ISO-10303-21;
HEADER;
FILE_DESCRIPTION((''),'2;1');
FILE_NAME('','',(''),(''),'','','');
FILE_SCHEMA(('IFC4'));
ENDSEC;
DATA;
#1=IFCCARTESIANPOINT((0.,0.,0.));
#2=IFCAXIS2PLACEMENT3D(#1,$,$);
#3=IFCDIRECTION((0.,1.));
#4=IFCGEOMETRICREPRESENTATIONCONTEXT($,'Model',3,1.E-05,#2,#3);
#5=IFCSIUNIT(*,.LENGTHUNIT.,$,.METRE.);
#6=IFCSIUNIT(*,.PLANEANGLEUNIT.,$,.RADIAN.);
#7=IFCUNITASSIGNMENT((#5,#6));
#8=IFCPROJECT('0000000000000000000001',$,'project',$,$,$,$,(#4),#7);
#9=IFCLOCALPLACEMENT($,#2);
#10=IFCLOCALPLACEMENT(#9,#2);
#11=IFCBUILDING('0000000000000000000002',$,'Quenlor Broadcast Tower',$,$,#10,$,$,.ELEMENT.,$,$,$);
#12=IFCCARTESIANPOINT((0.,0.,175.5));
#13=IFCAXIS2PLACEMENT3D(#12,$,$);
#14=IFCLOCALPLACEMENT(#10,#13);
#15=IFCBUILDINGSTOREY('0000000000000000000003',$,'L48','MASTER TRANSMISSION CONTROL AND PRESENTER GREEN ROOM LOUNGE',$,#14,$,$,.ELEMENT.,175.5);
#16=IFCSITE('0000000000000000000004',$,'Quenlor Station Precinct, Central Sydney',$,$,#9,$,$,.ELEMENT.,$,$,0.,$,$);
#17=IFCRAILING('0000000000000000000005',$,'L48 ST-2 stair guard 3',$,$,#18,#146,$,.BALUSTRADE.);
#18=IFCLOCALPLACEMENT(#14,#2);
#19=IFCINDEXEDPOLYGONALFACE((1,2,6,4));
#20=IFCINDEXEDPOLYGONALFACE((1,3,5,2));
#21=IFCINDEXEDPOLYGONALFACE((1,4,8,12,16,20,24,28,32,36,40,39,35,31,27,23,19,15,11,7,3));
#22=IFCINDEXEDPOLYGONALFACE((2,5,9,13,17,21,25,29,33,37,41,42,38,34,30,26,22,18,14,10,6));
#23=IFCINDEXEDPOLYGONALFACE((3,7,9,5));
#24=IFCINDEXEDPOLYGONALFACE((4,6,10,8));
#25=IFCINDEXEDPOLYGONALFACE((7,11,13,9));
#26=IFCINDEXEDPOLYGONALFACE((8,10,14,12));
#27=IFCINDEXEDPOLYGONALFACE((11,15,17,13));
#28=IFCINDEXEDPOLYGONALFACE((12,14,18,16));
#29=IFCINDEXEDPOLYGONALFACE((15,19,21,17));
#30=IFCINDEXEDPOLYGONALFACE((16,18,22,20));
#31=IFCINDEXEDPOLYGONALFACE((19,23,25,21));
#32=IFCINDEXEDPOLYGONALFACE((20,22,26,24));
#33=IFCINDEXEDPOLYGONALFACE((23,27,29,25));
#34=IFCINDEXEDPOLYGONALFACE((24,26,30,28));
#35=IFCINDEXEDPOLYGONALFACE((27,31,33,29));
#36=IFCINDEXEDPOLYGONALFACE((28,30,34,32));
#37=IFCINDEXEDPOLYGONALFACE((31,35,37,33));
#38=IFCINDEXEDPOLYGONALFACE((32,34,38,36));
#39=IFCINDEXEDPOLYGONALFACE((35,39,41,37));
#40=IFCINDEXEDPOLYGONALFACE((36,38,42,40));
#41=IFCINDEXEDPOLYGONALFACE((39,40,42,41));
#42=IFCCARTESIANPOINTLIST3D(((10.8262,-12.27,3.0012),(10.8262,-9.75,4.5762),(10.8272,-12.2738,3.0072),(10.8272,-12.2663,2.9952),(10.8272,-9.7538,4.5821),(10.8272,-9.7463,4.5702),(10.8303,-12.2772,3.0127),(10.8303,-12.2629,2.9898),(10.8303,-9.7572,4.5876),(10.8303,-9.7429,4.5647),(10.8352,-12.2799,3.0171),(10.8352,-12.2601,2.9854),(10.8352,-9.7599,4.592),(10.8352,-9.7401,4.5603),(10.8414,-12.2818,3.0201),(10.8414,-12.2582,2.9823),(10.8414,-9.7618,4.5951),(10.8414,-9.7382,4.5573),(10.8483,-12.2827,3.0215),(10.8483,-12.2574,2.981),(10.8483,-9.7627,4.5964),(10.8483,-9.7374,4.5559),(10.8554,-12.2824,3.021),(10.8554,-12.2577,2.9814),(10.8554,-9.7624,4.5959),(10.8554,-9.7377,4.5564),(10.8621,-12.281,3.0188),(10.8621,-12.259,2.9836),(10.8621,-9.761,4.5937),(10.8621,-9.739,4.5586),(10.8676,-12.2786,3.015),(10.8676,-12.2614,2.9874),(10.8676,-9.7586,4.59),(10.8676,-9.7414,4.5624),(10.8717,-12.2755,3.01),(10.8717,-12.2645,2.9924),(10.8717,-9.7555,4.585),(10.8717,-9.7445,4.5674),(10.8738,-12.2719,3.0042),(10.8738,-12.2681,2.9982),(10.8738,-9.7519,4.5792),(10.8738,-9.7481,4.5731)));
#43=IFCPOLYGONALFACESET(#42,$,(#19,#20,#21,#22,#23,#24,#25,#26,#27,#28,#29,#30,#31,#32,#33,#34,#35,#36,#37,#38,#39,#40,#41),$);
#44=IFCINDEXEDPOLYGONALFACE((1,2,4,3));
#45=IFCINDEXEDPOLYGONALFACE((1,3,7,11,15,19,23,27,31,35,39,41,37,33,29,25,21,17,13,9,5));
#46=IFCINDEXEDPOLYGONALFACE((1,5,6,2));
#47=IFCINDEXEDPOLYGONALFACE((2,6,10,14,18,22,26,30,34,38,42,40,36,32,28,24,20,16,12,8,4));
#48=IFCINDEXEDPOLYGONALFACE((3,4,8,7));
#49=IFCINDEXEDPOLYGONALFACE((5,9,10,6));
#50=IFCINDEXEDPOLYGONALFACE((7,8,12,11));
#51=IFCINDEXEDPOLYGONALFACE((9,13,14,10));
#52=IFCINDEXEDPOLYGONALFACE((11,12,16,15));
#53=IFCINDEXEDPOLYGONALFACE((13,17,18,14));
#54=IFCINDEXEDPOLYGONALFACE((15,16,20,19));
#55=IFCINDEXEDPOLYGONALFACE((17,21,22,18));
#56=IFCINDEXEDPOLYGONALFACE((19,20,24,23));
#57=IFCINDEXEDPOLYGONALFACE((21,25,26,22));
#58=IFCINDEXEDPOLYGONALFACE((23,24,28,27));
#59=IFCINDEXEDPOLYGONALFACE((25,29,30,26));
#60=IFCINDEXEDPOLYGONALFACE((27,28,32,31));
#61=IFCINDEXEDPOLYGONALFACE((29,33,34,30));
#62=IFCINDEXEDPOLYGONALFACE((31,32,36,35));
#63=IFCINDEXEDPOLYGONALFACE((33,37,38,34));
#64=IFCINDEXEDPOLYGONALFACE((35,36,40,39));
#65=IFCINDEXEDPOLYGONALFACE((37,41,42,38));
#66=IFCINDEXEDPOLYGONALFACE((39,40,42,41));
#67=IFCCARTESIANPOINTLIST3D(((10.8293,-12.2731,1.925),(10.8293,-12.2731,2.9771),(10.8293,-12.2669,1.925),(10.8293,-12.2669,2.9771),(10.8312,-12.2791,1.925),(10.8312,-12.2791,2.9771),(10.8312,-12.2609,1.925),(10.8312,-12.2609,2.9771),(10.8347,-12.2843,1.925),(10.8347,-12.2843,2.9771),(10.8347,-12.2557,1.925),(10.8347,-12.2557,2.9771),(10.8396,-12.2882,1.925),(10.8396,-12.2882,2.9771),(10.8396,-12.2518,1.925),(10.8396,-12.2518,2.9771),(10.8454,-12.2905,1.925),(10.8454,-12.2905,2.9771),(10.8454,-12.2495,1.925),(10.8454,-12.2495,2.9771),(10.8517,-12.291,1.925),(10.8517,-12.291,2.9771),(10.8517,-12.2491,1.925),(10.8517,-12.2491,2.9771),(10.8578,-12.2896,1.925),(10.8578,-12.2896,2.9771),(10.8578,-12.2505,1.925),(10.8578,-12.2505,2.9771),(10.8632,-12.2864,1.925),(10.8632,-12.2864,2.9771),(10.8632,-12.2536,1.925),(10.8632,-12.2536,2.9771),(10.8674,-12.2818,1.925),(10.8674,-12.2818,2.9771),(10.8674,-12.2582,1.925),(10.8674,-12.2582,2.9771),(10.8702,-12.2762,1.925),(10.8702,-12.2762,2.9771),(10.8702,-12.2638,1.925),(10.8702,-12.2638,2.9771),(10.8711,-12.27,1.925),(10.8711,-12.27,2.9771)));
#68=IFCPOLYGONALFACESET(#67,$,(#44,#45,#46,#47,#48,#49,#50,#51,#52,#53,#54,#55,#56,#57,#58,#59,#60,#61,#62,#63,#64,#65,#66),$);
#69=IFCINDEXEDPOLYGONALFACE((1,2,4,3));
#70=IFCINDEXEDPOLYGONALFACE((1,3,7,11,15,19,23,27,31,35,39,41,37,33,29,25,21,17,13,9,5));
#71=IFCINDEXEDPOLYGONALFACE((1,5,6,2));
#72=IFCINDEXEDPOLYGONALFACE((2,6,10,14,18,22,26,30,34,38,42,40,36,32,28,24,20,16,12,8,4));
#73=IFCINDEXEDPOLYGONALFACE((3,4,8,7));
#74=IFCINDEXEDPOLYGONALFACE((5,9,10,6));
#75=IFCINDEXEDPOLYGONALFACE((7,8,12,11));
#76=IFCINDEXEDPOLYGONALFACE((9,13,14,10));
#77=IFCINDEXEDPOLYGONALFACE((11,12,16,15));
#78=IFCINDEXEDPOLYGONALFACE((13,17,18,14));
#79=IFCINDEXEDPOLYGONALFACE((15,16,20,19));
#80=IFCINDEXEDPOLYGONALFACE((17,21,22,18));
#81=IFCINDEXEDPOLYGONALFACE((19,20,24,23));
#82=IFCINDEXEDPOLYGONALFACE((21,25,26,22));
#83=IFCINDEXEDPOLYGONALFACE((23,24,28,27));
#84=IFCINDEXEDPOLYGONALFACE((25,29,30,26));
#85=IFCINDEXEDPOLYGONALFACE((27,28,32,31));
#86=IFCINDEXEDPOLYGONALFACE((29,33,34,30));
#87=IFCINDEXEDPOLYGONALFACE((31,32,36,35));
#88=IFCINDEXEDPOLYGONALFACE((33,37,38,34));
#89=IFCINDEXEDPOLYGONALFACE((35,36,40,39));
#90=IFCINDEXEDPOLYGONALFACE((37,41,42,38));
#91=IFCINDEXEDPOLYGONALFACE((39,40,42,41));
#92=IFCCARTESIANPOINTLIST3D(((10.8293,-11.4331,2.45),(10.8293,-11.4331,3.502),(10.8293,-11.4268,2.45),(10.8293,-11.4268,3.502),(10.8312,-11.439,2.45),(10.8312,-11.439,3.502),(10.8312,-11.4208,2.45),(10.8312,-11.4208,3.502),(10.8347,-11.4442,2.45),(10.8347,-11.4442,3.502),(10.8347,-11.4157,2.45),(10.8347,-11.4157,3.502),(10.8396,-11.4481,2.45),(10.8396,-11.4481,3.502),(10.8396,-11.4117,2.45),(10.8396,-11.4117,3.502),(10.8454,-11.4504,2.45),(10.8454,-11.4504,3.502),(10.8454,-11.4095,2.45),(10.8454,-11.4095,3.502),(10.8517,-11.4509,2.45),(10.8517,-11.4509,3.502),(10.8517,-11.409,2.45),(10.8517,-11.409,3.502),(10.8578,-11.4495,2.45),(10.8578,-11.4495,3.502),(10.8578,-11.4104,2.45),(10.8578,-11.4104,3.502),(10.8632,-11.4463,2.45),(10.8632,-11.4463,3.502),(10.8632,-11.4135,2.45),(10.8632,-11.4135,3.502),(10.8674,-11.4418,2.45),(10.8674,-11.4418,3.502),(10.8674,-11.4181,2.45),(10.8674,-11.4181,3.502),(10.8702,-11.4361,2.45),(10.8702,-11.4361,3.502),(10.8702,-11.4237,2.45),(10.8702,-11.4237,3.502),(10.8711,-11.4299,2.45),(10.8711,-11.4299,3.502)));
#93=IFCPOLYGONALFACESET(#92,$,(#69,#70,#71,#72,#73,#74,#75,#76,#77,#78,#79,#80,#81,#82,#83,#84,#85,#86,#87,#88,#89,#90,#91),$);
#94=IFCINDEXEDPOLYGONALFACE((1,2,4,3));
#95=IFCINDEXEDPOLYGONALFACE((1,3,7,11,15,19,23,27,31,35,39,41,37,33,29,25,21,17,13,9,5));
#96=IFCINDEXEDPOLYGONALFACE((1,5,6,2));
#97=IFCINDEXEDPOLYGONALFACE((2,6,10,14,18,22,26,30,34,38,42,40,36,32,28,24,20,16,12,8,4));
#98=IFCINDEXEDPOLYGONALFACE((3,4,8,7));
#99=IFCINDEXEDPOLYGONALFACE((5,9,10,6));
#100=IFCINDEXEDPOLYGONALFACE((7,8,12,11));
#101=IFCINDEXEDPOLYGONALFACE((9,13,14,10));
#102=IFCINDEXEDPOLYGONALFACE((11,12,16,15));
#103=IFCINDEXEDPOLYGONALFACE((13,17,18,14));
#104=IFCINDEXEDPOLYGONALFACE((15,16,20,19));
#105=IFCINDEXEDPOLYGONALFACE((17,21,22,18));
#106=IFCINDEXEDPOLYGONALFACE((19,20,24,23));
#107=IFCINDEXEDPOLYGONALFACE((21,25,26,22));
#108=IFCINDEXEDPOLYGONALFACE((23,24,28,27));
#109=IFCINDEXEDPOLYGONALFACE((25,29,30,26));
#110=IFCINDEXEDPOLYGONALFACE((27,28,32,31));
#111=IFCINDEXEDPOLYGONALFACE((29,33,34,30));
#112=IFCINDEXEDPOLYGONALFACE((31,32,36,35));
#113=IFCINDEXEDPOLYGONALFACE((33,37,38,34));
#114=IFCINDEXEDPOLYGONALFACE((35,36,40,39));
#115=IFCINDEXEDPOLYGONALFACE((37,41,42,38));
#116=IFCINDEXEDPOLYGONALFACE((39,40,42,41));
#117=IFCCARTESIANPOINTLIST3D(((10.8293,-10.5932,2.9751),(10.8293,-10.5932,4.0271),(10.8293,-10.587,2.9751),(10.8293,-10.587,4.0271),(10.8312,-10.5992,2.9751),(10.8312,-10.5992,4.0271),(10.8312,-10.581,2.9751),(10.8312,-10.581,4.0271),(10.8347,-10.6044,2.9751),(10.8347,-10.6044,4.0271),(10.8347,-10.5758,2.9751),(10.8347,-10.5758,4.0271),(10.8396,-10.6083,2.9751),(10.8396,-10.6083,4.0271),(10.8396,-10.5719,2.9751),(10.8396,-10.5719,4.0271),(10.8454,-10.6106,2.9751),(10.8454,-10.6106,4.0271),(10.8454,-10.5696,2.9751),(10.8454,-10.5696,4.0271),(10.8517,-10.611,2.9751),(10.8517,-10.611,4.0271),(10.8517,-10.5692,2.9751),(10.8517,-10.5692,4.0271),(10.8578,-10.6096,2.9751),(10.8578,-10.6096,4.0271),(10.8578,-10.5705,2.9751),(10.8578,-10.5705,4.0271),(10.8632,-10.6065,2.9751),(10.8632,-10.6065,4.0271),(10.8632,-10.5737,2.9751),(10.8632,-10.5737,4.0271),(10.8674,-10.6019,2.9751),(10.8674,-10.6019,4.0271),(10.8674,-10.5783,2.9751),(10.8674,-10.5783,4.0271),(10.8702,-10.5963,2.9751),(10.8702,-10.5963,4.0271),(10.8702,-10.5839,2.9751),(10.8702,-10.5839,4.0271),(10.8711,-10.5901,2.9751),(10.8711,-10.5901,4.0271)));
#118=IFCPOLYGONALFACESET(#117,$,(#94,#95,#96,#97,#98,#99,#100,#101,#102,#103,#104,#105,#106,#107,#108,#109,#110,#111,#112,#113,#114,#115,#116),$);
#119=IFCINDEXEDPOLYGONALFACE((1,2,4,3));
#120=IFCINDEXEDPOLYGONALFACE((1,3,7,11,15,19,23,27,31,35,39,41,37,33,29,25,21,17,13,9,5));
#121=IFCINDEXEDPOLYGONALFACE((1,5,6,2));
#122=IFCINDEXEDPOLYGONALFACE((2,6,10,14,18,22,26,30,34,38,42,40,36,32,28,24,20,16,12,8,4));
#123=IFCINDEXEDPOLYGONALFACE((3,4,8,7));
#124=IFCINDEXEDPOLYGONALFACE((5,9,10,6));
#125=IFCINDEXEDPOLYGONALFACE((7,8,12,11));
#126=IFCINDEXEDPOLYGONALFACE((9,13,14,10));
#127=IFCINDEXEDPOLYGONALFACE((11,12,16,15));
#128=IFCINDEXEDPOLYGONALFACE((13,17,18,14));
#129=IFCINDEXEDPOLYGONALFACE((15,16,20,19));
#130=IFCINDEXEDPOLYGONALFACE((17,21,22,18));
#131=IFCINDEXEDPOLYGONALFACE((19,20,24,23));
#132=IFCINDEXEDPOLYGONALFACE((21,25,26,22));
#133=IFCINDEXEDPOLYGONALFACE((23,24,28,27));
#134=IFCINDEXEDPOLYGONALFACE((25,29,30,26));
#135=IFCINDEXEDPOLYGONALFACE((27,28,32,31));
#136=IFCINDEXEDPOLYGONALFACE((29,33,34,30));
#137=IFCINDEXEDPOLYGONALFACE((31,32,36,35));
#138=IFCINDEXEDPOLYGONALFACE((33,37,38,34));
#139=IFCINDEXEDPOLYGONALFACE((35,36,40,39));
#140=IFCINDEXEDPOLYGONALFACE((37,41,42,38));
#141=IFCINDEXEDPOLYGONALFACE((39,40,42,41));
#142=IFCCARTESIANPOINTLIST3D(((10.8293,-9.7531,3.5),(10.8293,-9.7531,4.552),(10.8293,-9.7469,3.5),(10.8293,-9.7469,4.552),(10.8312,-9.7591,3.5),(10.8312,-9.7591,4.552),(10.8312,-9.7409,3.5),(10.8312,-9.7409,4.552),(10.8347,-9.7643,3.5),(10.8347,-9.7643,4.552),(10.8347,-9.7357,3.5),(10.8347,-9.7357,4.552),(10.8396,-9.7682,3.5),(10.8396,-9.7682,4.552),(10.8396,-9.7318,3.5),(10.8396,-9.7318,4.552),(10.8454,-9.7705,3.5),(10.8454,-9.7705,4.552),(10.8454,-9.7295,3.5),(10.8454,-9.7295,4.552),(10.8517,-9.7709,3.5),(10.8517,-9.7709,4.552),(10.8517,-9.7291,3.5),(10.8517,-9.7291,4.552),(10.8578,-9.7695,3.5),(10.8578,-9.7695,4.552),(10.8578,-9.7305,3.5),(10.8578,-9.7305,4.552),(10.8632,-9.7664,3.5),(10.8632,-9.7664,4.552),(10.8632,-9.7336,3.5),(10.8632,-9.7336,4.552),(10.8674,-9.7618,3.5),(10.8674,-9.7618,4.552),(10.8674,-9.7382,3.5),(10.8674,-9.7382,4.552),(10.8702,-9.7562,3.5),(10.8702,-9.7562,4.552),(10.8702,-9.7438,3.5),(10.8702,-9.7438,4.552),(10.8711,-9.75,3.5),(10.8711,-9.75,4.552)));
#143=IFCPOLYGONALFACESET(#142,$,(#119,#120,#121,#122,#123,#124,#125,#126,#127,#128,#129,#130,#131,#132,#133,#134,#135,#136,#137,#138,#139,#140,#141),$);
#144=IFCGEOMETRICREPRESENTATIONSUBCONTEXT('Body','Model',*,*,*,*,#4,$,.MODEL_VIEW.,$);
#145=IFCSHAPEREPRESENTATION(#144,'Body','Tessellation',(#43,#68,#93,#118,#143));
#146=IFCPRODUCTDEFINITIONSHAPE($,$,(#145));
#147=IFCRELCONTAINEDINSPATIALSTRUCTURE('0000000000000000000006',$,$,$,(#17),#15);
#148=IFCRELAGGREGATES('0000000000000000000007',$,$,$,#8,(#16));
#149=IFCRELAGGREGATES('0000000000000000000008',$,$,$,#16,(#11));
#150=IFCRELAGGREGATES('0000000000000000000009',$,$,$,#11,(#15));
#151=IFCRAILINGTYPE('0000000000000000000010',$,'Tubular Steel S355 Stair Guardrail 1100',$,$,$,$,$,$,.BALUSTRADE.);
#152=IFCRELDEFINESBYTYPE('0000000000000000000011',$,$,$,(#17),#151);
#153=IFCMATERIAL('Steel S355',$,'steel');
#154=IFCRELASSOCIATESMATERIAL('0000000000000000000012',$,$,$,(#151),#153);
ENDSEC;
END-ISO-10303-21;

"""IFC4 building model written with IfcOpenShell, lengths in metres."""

from ifc_helpers import new_model, si_unit, direction, frame, origin, origin_2d, place, context, subcontext, project, spatial, circle, extrude, material, type_object, element, save


model = new_model("IFC4")

# Units and contexts
model_context = context("Model", 3, precision=1e-05, world=origin(), true_north=direction((0.0, 1.0)))
body_context = subcontext(model_context, "Body", "Model", "MODEL_VIEW")
ifc_project = project(units=[si_unit("LENGTHUNIT", "METRE"), si_unit("PLANEANGLEUNIT", "RADIAN")], contexts=[model_context])

# Site, building, storey
site_placement = place(None, origin())
site = spatial("IfcSite", under=ifc_project, at=site_placement, Name="Quenlor Station Precinct, Central Sydney", CompositionType="ELEMENT", RefElevation=0.0)
building_placement = place(site_placement, origin())
building = spatial("IfcBuilding", under=site, at=building_placement, Name="Quenlor Broadcast Tower", CompositionType="ELEMENT")
storey_placement = place(building_placement, frame((0.0, 0.0, 175.5)))
storey = spatial("IfcBuildingStorey", under=building, at=storey_placement, Name="L48", Description="MASTER TRANSMISSION CONTROL AND PRESENTER GREEN ROOM LOUNGE", CompositionType="ELEMENT", Elevation=175.5)

# Railing
ifc_material_1 = material(Name="Steel S355", Category="steel")
railing_type = type_object("IfcRailingType", Name="Tubular Steel S355 Stair Guardrail 1100", PredefinedType="BALUSTRADE", material=ifc_material_1)
railing_1_placement = place(storey_placement, frame((10.8501, -12.27, 1.925)))
element("IfcRailing", 1, at=railing_1_placement, inside=storey, type_object=railing_type, Name="L48 ST-2 stair guard 3", PredefinedType="BALUSTRADE", context=body_context, shape_type="SweptSolid", body=[
    extrude(circle(Radius=0.0239, at=origin_2d()), frame((0.0, 0.0, 1.0762), z_axis=(0.0, 0.848008, 0.529984), x_axis=(-1.0, 0.0, 0.0)), (0.0, 0.0, 1.0), 2.9717),
    extrude(circle(Radius=0.021, at=origin_2d()), origin(), (0.0, 0.0, 1.0), 1.052),
    extrude(circle(Radius=0.021, at=origin_2d()), frame((0.0, 0.8401, 0.5249)), (0.0, 0.0, 1.0), 1.052),
    extrude(circle(Radius=0.021, at=origin_2d()), frame((0.0, 1.6799, 1.05)), (0.0, 0.0, 1.0), 1.052),
    extrude(circle(Radius=0.021, at=origin_2d()), frame((0.0, 2.52, 1.575)), (0.0, 0.0, 1.0), 1.052),
])

save(model, "model.ifc")
